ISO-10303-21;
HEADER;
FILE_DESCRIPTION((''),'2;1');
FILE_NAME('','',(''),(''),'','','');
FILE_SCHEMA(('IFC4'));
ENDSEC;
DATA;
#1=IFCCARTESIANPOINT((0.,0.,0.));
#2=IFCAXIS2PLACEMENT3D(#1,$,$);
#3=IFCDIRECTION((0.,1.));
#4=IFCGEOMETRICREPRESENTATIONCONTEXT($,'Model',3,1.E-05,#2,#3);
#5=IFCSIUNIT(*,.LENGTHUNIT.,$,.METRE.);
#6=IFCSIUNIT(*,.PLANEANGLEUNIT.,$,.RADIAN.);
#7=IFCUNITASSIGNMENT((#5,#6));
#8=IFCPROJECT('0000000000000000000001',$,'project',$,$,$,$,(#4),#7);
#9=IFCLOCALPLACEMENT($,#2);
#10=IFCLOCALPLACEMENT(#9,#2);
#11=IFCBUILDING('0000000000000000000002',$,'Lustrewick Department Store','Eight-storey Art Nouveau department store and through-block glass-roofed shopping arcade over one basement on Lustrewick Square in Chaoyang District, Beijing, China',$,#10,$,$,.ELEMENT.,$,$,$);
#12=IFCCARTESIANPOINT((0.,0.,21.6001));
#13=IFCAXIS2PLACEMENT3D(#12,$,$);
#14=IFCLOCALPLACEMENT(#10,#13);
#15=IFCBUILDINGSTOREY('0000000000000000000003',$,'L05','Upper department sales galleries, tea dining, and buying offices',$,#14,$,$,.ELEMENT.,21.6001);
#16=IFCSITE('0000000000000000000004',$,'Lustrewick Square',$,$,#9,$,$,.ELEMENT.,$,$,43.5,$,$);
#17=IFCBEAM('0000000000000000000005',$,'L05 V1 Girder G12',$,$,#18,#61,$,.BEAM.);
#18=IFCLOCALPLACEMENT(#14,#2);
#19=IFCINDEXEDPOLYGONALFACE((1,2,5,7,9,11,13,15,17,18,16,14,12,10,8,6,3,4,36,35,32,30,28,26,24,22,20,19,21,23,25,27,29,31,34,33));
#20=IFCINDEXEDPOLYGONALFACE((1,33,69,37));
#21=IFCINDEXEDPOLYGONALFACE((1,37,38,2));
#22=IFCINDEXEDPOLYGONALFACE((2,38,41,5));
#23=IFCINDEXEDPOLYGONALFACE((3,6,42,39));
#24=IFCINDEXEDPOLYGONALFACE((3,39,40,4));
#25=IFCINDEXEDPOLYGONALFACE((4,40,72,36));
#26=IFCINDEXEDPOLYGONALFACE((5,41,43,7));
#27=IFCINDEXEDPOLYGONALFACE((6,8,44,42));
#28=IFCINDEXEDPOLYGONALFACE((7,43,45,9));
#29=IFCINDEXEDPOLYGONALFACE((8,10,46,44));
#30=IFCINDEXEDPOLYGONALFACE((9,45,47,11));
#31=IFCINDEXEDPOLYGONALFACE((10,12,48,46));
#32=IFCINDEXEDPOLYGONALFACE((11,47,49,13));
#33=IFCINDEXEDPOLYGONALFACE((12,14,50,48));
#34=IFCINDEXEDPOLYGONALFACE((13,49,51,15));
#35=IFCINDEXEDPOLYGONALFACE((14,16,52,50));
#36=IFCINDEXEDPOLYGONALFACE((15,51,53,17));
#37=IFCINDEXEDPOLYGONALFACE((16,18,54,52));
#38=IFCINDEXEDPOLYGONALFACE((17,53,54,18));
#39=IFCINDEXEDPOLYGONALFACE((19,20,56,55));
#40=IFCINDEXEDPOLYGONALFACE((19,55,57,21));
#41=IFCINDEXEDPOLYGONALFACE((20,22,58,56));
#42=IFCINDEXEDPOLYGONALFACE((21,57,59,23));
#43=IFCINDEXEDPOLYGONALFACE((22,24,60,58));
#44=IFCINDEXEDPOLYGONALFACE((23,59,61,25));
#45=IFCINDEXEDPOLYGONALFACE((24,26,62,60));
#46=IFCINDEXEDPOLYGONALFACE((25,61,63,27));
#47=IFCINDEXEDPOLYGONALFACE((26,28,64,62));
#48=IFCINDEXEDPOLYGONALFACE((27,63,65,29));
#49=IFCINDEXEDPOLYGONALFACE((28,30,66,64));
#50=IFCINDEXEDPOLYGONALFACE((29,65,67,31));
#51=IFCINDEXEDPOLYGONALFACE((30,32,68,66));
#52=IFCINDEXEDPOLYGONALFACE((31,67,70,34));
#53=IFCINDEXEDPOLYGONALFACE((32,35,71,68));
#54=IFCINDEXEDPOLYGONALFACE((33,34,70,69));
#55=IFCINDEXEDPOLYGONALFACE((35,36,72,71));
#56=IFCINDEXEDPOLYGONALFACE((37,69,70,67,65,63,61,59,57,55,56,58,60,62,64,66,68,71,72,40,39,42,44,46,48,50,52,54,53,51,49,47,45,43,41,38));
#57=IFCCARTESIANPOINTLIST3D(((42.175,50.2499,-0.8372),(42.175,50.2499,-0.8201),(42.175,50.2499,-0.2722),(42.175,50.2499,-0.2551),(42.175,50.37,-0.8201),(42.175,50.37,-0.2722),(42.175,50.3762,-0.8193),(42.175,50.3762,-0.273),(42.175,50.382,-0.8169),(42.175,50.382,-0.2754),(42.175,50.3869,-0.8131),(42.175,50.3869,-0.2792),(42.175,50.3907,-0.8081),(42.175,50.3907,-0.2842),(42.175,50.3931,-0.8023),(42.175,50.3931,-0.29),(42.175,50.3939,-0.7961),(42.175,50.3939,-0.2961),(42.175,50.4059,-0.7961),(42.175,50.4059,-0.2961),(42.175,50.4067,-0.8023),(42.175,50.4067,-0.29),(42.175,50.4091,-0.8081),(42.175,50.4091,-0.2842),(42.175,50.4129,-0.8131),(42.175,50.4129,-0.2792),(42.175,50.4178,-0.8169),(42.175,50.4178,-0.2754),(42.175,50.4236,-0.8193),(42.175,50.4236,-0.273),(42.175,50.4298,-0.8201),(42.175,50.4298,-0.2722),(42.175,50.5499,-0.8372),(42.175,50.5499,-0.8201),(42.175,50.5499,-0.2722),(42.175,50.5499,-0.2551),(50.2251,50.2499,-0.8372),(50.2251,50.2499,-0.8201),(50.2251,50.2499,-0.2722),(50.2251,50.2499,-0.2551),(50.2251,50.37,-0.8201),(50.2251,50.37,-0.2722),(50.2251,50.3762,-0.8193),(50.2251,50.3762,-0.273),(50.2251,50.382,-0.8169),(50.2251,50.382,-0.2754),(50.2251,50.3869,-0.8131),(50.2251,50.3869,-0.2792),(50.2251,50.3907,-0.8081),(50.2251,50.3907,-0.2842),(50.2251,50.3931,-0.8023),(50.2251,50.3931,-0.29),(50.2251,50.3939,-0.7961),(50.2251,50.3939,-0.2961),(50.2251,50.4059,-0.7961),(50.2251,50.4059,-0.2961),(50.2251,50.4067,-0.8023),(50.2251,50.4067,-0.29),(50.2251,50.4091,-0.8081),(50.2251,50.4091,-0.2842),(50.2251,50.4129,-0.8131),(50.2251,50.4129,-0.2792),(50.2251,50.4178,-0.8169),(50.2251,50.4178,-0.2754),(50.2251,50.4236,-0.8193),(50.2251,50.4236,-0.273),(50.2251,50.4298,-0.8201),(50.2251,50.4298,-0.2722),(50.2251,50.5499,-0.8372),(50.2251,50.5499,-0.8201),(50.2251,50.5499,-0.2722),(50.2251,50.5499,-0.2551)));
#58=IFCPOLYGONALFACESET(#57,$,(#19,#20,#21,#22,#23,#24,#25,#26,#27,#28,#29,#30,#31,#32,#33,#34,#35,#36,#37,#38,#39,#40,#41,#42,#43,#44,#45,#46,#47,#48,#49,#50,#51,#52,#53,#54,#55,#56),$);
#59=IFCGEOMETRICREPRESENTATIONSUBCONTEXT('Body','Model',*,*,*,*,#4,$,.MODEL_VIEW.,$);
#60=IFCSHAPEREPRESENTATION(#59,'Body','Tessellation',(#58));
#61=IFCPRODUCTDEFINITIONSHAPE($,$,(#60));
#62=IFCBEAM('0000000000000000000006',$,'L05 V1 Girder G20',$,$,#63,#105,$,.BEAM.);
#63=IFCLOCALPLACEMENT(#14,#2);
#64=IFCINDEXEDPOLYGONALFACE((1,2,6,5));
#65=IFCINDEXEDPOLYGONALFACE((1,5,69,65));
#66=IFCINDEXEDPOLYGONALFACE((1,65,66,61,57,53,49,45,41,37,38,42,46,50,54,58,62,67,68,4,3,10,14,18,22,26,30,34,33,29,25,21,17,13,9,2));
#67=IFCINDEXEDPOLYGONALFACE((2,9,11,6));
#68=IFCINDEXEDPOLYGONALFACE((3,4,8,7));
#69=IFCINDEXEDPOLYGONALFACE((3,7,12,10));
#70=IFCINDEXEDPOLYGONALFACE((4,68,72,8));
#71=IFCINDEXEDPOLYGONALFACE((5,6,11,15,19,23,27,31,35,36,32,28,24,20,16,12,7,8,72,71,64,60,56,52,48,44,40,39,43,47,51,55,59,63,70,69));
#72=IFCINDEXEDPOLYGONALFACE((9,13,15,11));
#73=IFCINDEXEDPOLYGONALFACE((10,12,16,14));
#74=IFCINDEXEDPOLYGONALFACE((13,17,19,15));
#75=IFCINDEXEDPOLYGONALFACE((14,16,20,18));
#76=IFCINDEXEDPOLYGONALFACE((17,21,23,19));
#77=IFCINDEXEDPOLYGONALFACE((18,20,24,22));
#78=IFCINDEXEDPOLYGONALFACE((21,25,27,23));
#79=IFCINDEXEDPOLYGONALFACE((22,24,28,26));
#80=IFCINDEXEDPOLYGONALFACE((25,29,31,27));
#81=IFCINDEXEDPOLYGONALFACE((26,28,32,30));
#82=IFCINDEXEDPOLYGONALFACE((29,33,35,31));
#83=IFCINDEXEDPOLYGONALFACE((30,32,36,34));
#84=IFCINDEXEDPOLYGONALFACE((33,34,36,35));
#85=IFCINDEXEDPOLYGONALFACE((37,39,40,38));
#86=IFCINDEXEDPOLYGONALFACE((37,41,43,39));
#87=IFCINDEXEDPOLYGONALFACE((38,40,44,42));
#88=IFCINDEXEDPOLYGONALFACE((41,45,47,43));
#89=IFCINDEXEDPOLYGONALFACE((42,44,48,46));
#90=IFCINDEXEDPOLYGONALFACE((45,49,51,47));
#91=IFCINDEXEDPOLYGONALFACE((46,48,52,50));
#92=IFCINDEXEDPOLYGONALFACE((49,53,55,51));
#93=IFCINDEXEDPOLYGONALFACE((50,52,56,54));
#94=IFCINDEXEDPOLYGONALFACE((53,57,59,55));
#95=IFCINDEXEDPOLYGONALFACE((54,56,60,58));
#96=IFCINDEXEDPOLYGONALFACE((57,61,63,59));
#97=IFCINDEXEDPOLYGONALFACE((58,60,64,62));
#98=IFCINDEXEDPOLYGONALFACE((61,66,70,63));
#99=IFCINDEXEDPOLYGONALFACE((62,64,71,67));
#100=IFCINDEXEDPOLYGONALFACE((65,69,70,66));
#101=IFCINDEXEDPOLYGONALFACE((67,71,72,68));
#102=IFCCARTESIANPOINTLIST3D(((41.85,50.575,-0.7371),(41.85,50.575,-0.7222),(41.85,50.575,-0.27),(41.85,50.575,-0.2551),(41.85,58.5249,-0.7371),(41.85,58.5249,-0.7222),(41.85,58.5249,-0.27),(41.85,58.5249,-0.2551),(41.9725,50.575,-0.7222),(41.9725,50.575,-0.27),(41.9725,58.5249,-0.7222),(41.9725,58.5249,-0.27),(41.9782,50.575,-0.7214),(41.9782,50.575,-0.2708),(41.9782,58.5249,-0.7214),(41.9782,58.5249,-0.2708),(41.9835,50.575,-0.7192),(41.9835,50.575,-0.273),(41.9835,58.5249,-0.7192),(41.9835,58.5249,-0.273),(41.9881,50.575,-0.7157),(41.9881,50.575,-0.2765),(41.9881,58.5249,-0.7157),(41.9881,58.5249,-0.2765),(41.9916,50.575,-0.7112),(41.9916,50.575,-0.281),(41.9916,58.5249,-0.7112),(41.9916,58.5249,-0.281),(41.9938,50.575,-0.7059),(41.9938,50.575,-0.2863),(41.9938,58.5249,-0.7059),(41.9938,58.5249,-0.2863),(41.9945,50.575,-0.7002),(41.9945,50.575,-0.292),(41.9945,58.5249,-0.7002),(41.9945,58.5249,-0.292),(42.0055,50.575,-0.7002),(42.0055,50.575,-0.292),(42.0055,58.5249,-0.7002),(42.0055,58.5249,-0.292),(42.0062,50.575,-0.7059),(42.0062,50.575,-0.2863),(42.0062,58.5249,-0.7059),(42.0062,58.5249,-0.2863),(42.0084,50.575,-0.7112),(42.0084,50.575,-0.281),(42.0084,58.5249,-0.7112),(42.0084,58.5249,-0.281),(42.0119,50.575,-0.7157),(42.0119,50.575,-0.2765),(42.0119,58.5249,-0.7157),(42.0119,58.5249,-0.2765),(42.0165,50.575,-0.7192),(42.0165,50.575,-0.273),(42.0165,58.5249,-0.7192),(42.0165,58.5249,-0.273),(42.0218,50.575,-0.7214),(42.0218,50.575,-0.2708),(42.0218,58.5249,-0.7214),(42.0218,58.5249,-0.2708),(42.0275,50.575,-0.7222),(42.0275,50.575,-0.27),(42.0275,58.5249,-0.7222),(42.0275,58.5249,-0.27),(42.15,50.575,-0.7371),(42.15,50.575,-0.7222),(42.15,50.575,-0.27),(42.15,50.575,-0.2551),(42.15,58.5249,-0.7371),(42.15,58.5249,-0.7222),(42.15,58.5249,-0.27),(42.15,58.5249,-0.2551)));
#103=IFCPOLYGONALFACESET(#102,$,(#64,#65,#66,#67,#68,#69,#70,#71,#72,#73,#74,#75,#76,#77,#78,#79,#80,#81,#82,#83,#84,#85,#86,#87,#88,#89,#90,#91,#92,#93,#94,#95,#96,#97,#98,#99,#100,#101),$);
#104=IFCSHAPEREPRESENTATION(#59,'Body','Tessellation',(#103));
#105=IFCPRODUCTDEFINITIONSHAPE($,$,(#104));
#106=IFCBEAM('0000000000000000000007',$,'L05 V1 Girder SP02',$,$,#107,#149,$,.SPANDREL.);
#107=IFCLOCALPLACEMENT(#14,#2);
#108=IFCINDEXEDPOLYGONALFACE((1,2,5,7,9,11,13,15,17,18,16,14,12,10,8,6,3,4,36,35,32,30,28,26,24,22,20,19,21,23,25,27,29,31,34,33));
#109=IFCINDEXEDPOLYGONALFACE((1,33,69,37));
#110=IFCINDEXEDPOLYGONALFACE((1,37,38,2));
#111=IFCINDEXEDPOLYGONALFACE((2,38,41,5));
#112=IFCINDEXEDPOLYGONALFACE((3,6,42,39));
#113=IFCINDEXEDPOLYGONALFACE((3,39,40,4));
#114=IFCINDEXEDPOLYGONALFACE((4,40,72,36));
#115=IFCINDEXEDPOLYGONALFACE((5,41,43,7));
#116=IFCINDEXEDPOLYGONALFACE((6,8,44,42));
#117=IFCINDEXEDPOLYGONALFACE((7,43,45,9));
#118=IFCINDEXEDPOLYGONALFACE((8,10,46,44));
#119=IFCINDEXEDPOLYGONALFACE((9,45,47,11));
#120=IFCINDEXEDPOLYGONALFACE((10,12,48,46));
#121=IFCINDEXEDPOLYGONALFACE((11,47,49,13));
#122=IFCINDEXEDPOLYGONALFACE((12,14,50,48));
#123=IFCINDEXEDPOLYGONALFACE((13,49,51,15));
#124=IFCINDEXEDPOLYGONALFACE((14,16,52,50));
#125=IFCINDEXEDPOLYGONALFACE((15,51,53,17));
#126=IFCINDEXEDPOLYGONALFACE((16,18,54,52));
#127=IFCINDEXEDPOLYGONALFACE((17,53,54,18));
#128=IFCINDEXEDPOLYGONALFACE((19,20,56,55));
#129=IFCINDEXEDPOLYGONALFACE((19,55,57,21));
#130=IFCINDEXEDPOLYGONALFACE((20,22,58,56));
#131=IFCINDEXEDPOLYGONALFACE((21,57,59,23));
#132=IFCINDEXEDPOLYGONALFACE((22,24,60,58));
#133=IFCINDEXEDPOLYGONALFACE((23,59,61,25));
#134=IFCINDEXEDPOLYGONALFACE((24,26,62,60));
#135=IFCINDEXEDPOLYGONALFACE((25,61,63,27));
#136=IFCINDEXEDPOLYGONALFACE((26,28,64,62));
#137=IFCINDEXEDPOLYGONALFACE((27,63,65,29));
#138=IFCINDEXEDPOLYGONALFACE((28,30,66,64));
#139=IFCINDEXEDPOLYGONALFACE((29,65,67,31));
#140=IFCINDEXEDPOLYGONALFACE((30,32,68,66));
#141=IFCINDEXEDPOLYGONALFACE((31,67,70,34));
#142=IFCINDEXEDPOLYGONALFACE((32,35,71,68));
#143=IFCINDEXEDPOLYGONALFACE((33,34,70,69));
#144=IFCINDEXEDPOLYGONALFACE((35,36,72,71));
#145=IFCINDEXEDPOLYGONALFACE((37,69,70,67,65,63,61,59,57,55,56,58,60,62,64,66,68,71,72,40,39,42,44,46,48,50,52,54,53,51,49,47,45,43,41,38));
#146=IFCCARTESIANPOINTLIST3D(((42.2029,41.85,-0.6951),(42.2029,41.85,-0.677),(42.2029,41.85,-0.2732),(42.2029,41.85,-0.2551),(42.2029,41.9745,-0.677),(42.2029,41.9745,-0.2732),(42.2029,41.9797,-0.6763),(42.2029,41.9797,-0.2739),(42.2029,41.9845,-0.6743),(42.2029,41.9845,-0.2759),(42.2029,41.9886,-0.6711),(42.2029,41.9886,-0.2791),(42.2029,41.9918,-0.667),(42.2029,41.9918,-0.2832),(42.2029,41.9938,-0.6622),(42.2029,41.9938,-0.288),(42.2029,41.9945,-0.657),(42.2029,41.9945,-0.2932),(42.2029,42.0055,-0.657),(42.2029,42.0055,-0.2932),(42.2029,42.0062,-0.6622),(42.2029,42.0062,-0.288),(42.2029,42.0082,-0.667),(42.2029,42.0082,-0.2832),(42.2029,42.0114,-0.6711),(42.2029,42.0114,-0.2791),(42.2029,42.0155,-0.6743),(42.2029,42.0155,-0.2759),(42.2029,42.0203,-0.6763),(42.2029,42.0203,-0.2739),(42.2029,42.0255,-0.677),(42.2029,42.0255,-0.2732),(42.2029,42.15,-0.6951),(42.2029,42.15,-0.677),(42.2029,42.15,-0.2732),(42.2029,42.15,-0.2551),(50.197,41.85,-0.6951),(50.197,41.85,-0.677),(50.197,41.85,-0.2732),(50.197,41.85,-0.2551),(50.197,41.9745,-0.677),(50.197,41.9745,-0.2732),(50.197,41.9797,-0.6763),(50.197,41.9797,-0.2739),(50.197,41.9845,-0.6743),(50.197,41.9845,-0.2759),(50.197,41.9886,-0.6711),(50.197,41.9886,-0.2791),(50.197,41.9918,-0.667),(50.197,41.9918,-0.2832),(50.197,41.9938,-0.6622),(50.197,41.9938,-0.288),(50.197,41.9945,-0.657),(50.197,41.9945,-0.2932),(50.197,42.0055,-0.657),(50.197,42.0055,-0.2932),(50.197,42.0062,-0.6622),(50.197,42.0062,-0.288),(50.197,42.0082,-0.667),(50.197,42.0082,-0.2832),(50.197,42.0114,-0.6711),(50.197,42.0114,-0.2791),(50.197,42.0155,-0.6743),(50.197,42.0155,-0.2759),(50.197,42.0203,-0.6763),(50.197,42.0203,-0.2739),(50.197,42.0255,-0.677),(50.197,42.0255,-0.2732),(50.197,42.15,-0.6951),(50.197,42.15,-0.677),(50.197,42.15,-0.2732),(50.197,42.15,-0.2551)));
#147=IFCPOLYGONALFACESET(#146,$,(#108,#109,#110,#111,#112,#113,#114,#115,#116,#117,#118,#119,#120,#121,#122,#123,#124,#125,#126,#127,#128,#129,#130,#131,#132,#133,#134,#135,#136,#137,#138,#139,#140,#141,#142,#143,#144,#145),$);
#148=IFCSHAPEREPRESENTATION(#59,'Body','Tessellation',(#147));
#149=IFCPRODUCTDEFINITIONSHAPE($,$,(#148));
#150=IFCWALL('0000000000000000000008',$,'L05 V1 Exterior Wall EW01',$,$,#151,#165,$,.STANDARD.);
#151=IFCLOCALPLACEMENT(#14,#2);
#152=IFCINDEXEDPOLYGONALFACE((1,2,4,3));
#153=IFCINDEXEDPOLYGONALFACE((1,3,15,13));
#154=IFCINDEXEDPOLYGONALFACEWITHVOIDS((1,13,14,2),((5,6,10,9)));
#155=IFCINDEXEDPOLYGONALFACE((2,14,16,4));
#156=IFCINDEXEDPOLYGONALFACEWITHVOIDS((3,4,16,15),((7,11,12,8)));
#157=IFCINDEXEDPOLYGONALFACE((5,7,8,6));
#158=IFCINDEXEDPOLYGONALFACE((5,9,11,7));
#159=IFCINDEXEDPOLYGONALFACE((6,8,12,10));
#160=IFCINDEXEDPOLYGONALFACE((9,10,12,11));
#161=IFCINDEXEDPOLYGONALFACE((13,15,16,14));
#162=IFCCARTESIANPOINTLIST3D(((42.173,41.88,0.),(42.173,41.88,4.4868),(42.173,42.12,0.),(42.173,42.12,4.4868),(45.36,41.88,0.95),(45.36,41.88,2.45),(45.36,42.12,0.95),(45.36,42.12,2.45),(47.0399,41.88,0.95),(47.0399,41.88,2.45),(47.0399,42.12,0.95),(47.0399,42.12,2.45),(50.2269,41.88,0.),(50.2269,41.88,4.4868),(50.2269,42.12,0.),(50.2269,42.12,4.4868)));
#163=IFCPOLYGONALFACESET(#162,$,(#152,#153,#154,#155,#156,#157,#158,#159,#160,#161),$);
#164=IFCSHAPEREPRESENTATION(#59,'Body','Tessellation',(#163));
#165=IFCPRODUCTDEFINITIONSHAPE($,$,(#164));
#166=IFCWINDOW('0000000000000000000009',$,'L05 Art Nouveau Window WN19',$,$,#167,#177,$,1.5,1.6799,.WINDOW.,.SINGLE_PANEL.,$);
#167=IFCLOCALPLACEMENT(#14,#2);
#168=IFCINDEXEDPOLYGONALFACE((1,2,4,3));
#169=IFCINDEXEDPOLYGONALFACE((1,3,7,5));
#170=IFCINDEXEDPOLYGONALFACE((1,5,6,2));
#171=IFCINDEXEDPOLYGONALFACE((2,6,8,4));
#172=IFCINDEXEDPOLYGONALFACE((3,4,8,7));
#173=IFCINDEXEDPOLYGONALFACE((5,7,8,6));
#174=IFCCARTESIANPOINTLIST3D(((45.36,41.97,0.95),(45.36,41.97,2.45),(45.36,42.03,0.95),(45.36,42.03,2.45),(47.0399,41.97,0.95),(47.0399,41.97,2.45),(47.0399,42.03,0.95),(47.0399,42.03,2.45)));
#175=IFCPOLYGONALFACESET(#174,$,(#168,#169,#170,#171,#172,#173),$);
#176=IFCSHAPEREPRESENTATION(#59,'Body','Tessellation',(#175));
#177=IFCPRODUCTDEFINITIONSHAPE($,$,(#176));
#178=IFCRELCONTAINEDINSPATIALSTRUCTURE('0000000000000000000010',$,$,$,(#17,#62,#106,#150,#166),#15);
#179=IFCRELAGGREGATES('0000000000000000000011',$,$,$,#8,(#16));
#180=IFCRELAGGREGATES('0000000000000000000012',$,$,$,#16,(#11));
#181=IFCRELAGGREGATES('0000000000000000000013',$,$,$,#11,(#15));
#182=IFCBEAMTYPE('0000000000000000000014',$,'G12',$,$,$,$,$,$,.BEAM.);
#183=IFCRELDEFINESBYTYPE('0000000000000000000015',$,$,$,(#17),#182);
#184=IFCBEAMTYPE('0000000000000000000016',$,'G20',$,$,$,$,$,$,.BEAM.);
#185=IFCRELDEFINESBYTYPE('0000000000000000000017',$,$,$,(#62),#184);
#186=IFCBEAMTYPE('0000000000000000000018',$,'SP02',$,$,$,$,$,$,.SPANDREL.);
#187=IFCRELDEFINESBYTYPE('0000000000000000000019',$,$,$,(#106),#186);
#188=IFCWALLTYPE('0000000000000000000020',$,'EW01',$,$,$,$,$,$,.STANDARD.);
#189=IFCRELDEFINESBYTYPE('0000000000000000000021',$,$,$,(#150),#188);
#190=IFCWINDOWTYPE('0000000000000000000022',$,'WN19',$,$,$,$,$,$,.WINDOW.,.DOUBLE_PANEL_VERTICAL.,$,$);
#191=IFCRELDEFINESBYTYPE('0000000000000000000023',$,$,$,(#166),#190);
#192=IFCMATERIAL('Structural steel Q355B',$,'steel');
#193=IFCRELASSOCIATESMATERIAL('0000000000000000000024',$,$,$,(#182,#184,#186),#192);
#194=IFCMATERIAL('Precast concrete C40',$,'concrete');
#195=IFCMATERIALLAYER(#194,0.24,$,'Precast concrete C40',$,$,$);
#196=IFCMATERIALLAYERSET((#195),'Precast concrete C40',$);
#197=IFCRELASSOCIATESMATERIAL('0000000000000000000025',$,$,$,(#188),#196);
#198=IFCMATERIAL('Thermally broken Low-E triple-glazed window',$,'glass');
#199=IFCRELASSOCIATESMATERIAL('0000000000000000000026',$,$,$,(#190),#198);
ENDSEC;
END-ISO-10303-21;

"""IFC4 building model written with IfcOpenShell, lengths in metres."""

from ifc_helpers import new_model, si_unit, direction, frame, frame_2d, origin, origin_2d, place, context, subcontext, project, spatial, rectangle, i_section, extrude, material, layer, layer_set, material_profile, profile_set, type_object, element, fill, save


model = new_model("IFC4")

# Units and contexts
model_context = context("Model", 3, precision=1e-05, world=origin(), true_north=direction((0.0, 1.0)))
body_context = subcontext(model_context, "Body", "Model", "MODEL_VIEW")
ifc_project = project(units=[si_unit("LENGTHUNIT", "METRE"), si_unit("PLANEANGLEUNIT", "RADIAN")], contexts=[model_context])

# Site, building, storey
site_placement = place(None, origin())
site = spatial("IfcSite", under=ifc_project, at=site_placement, Name="Lustrewick Square", CompositionType="ELEMENT", RefElevation=43.5)
building_placement = place(site_placement, origin())
building = spatial("IfcBuilding", under=site, at=building_placement, Name="Lustrewick Department Store", Description="Eight-storey Art Nouveau department store and through-block glass-roofed shopping arcade over one basement on Lustrewick Square in Chaoyang District, Beijing, China", CompositionType="ELEMENT")
storey_placement = place(building_placement, frame((0.0, 0.0, 21.6001)))
storey = spatial("IfcBuildingStorey", under=building, at=storey_placement, Name="L05", Description="Upper department sales galleries, tea dining, and buying offices", CompositionType="ELEMENT", Elevation=21.6001)

# Shared definitions
ifc_material_1 = material(Name="Structural steel Q355B", Category="steel")

# Beams
ifc_material_profile_1 = material_profile(ifc_material_1, i_section(OverallWidth=0.3, OverallDepth=0.582, WebThickness=0.012, FlangeThickness=0.0171, FilletRadius=0.0239, at=origin_2d()), Name="HM 582x300x12x17")
ifc_profile_set_1 = profile_set([ifc_material_profile_1], Name="Structural steel Q355B")
beam_type_1 = type_object("IfcBeamType", Name="G12", PredefinedType="BEAM", material=ifc_profile_set_1)
beam_1_placement = place(storey_placement, frame((42.175, 50.3999, -0.5461), z_axis=(1.0, 0.0, 0.0), x_axis=(0.0, 1.0, 0.0)))
element("IfcBeam", 1, at=beam_1_placement, inside=storey, type_object=beam_type_1, Name="L05 V1 Girder G12", PredefinedType="BEAM", context=body_context, shape_type="SweptSolid", body=[
    extrude(i_section(OverallWidth=0.3, OverallDepth=0.582, WebThickness=0.012, FlangeThickness=0.0171, FilletRadius=0.0239, at=origin_2d()), origin(), (0.0, 0.0, 1.0), 8.05),
])
ifc_material_profile_2 = material_profile(ifc_material_1, i_section(OverallWidth=0.3, OverallDepth=0.4819, WebThickness=0.011, FlangeThickness=0.0149, FilletRadius=0.022, at=origin_2d()), Name="HM 482x300x11x15")
ifc_profile_set_2 = profile_set([ifc_material_profile_2], Name="Structural steel Q355B")
beam_type_2 = type_object("IfcBeamType", Name="G20", PredefinedType="BEAM", material=ifc_profile_set_2)
beam_2_placement = place(storey_placement, frame((42.0, 50.575, -0.4961), z_axis=(0.0, 1.0, 0.0), x_axis=(-1.0, 0.0, 0.0)))
element("IfcBeam", 2, at=beam_2_placement, inside=storey, type_object=beam_type_2, Name="L05 V1 Girder G20", PredefinedType="BEAM", context=body_context, shape_type="SweptSolid", body=[
    extrude(i_section(OverallWidth=0.3, OverallDepth=0.4819, WebThickness=0.011, FlangeThickness=0.0149, FilletRadius=0.022, at=origin_2d()), origin(), (0.0, 0.0, 1.0), 7.95),
])
ifc_material_profile_3 = material_profile(ifc_material_1, i_section(OverallWidth=0.3, OverallDepth=0.4399, WebThickness=0.011, FlangeThickness=0.0181, FilletRadius=0.02, at=origin_2d()), Name="HM 440x300x11x18")
ifc_profile_set_3 = profile_set([ifc_material_profile_3], Name="Structural steel Q355B")
beam_type_3 = type_object("IfcBeamType", Name="SP02", PredefinedType="SPANDREL", material=ifc_profile_set_3)
beam_3_placement = place(storey_placement, frame((42.2029, 42.0, -0.4751), z_axis=(1.0, 0.0, 0.0), x_axis=(0.0, 1.0, 0.0)))
element("IfcBeam", 3, at=beam_3_placement, inside=storey, type_object=beam_type_3, Name="L05 V1 Girder SP02", PredefinedType="SPANDREL", context=body_context, shape_type="SweptSolid", body=[
    extrude(i_section(OverallWidth=0.3, OverallDepth=0.4399, WebThickness=0.011, FlangeThickness=0.0181, FilletRadius=0.02, at=origin_2d()), origin(), (0.0, 0.0, 1.0), 7.9941),
])

# Wall, opening, window
ifc_material_2 = material(Name="Precast concrete C40", Category="concrete")
ifc_layer_1 = layer(ifc_material_2, 0.24, Name="Precast concrete C40")
ifc_layer_set_1 = layer_set([ifc_layer_1], Name="Precast concrete C40")
wall_type_1 = type_object("IfcWallType", Name="EW01", PredefinedType="STANDARD", material=ifc_layer_set_1)
wall_1_placement = place(storey_placement, frame((42.1731, 42.0, 0.0), z_axis=(0.0, 0.0, 1.0), x_axis=(1.0, 0.0, 0.0)))
wall_1 = element("IfcWall", 4, at=wall_1_placement, inside=storey, type_object=wall_type_1, Name="L05 V1 Exterior Wall EW01", PredefinedType="STANDARD", context=body_context, shape_type="SweptSolid", body=[
    extrude(rectangle(XDim=8.054, YDim=0.24, at=frame_2d((4.0269, 0.0))), origin(), (0.0, 0.0, 1.0), 4.4868),
])
opening_1_placement = place(wall_1_placement, frame((3.187, 0.0, 0.95)))
opening_1 = element("IfcOpeningElement", 5, at=opening_1_placement, cuts=wall_1, PredefinedType="OPENING", context=body_context, shape_type="SweptSolid", body=[
    extrude(rectangle(XDim=1.6799, YDim=1.5, at=frame_2d((0.8398, 0.75))), frame((0.0, 0.1299, 0.0), z_axis=(0.0, -1.0, 0.0), x_axis=(1.0, 0.0, 0.0)), (0.0, 0.0, 1.0), 0.26),
])
ifc_material_3 = material(Name="Thermally broken Low-E triple-glazed window", Category="glass")
window_type = type_object("IfcWindowType", Name="WN19", PartitioningType="DOUBLE_PANEL_VERTICAL", PredefinedType="WINDOW", material=ifc_material_3)
window_placement = place(opening_1_placement, origin())
window = element("IfcWindow", 6, at=window_placement, inside=storey, type_object=window_type, Name="L05 Art Nouveau Window WN19", OverallHeight=1.5, OverallWidth=1.6799, PartitioningType="SINGLE_PANEL", PredefinedType="WINDOW", context=body_context, shape_type="SweptSolid", body=[
    extrude(rectangle(XDim=1.6799, YDim=1.5, at=frame_2d((0.8398, 0.75))), frame((0.0, 0.03, 0.0), z_axis=(0.0, -1.0, 0.0), x_axis=(1.0, 0.0, 0.0)), (0.0, 0.0, 1.0), 0.0601),
])
fill(opening_1, window)

save(model, "model.ifc")
